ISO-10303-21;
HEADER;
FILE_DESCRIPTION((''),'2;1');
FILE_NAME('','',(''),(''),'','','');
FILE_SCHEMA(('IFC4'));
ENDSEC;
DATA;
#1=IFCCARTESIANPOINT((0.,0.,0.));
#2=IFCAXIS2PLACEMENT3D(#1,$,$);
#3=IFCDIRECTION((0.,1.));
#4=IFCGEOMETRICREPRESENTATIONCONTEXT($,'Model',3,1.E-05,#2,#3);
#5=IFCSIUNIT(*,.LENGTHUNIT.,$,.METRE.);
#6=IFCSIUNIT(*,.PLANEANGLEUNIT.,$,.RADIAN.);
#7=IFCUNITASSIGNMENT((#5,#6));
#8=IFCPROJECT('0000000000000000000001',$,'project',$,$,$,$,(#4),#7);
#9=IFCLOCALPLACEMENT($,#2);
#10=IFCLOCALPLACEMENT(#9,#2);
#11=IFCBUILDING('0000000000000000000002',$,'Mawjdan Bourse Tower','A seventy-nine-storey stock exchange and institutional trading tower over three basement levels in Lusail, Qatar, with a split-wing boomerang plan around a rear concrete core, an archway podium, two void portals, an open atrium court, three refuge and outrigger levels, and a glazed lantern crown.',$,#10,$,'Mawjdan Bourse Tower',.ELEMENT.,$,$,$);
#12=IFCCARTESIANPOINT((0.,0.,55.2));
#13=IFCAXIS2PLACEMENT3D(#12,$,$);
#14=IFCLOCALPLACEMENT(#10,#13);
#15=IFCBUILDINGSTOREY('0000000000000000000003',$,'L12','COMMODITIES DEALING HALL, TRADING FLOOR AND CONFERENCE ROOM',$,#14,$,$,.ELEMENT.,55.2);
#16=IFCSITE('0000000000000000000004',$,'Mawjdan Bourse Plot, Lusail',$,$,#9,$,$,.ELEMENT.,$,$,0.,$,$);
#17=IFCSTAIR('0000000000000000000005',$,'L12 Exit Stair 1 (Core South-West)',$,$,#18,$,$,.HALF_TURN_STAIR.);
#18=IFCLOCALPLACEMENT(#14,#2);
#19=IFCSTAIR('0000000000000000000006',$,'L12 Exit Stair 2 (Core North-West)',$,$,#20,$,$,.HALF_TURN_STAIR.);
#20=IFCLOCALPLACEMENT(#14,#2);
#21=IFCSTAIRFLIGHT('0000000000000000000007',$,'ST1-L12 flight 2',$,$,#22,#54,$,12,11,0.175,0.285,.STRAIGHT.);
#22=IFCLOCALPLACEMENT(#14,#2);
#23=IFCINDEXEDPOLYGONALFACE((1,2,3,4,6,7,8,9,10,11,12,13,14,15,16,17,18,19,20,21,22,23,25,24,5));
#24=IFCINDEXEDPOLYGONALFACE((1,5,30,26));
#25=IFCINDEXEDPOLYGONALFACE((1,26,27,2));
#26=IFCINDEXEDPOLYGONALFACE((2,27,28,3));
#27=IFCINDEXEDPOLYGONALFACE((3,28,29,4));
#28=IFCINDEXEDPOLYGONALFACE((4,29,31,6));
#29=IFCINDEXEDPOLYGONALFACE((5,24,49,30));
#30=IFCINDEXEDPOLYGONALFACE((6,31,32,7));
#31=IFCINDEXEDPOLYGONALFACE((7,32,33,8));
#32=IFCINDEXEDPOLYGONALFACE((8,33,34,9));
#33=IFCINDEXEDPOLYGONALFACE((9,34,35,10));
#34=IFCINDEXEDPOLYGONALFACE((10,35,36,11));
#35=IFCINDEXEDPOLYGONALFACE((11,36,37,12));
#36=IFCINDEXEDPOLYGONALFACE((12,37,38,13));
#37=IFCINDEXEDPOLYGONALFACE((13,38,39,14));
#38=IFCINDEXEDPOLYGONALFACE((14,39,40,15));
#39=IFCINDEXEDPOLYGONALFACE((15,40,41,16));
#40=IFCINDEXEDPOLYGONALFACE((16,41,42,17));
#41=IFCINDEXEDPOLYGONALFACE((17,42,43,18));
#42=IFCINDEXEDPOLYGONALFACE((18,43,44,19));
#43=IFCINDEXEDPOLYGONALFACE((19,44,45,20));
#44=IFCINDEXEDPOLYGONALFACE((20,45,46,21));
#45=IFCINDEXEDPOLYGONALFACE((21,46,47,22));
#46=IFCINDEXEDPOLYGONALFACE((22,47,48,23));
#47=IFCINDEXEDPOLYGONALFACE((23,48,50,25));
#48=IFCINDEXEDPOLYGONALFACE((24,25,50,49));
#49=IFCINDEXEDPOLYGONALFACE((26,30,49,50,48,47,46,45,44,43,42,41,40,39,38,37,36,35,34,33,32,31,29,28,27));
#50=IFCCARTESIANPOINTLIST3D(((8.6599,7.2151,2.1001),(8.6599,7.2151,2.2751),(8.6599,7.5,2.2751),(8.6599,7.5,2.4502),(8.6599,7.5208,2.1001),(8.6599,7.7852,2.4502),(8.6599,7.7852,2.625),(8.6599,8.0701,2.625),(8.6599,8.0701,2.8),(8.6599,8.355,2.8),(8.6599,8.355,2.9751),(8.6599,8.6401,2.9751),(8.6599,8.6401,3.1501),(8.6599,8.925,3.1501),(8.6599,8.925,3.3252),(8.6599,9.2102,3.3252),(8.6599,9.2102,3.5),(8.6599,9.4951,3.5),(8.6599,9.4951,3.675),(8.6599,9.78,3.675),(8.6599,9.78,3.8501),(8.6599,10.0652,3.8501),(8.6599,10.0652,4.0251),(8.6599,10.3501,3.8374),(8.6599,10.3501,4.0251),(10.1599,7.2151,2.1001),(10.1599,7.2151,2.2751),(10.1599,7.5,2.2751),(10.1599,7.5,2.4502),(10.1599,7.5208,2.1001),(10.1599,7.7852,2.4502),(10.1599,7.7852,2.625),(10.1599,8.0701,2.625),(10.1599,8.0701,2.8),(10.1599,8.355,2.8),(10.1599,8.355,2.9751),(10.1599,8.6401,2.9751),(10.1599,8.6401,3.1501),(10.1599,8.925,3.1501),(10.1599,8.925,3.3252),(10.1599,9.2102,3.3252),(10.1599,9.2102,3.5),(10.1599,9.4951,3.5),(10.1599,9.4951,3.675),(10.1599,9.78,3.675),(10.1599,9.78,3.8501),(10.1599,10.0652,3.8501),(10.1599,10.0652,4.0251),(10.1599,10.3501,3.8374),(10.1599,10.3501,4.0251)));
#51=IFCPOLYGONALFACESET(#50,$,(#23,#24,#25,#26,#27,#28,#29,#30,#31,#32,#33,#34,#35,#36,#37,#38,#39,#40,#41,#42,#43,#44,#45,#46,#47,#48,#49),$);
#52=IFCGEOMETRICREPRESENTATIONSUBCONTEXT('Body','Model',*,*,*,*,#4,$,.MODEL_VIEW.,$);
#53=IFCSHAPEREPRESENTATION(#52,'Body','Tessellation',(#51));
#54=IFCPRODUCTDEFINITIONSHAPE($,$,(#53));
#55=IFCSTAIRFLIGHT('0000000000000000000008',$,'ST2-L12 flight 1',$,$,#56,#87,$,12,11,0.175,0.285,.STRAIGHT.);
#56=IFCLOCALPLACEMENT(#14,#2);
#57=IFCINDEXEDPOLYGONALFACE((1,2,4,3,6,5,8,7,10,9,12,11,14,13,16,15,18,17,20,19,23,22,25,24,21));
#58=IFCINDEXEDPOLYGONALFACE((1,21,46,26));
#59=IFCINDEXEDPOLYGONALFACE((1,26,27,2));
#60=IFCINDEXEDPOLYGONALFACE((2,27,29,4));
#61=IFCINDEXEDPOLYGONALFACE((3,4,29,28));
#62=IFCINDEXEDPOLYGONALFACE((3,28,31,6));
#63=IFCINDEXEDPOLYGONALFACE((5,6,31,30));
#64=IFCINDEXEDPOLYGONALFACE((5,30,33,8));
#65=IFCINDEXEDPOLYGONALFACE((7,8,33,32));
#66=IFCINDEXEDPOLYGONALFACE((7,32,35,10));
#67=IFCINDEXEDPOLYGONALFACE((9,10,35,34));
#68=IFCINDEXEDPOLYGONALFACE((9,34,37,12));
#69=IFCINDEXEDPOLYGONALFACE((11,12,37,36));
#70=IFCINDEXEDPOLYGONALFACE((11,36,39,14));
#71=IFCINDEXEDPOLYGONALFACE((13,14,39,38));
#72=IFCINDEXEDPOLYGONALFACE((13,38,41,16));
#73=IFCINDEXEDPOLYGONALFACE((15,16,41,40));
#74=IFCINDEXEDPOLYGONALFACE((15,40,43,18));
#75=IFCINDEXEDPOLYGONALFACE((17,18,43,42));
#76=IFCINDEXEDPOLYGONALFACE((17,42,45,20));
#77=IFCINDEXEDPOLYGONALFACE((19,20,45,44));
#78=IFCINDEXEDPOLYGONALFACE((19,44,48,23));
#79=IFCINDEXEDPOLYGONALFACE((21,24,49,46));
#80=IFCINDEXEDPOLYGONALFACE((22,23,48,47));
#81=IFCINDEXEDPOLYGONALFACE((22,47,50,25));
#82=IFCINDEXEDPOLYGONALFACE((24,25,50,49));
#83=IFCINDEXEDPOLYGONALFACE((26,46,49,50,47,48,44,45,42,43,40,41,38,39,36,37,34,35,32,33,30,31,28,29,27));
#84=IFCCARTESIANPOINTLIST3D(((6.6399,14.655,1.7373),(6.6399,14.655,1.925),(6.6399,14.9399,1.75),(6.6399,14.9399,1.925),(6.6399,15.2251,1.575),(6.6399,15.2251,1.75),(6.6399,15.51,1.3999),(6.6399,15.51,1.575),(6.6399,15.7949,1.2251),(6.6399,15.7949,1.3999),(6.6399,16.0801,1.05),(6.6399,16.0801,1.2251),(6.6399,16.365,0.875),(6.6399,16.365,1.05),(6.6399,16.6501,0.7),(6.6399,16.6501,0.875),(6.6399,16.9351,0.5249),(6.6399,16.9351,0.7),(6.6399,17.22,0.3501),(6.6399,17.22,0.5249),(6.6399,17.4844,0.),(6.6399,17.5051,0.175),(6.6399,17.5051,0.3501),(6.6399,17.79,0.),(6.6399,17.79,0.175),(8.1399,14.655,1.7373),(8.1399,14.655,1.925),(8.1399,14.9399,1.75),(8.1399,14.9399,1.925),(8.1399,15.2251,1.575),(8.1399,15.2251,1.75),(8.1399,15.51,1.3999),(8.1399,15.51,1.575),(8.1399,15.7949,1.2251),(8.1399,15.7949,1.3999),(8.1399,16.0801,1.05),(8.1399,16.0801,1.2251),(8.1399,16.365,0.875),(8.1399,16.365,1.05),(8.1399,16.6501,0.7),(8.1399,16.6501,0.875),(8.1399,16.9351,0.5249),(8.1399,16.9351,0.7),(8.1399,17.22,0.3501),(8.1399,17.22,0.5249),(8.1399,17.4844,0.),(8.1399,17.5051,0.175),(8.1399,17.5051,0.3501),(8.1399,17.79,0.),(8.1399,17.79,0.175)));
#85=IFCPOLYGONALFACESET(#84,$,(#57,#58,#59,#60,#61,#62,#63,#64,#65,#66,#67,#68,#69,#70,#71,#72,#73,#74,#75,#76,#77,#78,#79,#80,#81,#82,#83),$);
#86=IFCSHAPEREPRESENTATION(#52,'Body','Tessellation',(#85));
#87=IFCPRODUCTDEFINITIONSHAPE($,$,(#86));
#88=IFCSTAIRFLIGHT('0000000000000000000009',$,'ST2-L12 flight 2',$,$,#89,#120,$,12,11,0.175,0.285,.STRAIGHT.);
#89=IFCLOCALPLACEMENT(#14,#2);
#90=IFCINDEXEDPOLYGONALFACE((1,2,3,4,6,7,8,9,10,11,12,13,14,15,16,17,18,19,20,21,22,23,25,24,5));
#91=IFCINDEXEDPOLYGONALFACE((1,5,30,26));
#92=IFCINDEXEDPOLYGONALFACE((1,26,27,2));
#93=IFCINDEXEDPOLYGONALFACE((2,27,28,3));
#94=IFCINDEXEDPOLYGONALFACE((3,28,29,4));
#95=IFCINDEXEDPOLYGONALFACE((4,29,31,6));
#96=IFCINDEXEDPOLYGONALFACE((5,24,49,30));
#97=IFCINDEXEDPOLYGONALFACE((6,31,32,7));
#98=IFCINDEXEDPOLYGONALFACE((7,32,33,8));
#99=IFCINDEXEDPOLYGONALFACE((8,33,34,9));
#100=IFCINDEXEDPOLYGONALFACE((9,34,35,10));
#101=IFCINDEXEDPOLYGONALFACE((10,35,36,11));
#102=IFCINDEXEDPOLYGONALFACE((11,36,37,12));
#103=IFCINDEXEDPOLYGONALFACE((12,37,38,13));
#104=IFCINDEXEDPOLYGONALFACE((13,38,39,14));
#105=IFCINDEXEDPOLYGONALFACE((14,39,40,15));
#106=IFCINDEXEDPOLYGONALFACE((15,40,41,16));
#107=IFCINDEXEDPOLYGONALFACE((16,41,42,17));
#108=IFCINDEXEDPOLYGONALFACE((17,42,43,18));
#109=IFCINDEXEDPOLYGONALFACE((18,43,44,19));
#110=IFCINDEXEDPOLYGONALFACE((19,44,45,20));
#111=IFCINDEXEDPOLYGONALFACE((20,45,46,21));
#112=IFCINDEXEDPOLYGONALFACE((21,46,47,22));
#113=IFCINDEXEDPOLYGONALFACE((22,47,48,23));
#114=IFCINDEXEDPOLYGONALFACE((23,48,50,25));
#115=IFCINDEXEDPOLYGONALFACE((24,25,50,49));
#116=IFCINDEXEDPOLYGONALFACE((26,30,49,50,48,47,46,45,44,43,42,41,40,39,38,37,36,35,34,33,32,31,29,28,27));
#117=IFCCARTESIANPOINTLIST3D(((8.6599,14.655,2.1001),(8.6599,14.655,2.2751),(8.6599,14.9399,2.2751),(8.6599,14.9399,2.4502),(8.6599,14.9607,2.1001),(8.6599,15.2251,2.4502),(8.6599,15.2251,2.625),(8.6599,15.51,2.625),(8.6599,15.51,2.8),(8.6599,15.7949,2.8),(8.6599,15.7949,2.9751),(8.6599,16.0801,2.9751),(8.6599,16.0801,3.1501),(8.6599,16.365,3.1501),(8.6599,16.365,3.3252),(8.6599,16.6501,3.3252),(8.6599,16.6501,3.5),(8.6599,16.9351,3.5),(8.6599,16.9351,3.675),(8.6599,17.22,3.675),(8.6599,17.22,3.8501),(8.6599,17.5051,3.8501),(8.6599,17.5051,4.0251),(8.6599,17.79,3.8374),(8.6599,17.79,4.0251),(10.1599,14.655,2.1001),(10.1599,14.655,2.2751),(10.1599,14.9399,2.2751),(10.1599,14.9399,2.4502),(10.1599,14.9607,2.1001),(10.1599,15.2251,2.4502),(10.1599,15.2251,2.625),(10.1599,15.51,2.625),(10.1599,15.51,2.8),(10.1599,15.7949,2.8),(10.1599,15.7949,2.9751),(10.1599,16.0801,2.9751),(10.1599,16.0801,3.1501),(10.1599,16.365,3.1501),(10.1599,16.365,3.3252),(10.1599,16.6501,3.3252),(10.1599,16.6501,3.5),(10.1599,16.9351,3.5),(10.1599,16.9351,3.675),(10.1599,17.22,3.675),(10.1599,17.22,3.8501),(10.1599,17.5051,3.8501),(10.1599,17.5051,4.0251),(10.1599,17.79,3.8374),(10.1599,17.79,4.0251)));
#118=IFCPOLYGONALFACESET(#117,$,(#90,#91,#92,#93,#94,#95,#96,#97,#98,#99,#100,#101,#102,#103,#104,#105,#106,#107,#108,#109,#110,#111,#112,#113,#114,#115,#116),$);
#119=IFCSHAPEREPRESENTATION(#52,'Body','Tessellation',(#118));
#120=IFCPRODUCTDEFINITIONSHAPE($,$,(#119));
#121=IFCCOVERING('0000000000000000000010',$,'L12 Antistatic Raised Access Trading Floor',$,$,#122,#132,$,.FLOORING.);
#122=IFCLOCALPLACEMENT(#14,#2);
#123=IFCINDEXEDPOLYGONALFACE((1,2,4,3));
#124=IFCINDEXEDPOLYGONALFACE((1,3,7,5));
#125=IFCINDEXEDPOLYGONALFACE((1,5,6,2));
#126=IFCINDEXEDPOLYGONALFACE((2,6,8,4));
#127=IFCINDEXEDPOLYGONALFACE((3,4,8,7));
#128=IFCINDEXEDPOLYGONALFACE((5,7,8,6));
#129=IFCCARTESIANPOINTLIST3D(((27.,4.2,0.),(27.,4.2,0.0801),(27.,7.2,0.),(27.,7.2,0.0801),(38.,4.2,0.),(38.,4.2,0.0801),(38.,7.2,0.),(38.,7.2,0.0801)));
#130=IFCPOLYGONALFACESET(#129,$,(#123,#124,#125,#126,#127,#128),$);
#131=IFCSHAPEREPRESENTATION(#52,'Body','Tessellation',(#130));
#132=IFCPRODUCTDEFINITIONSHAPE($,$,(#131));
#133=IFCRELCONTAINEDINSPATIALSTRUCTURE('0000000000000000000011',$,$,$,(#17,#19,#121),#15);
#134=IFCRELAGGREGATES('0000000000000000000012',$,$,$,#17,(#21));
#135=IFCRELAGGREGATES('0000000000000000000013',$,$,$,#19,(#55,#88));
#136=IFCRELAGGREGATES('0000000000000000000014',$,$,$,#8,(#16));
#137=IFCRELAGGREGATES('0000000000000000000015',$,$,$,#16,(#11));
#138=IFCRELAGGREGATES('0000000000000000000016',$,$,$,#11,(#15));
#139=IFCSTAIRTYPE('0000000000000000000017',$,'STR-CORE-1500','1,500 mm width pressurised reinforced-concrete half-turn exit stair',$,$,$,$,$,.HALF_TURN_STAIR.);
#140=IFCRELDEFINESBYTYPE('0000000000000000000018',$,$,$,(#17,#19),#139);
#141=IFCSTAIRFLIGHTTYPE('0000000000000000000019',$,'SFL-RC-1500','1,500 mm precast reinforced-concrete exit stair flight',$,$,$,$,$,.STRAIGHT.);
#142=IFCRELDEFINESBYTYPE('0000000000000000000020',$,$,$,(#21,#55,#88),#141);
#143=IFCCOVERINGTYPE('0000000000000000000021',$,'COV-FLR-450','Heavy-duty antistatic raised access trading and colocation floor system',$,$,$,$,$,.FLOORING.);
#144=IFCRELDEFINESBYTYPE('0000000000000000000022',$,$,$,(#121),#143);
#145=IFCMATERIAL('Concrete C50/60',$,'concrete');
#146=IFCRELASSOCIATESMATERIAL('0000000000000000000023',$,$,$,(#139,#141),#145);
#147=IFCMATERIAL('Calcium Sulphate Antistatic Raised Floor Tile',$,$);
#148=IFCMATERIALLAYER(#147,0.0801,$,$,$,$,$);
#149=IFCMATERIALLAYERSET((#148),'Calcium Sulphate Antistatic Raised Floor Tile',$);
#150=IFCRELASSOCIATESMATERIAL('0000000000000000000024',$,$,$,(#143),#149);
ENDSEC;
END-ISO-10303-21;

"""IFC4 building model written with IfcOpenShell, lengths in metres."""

from ifc_helpers import new_model, si_unit, direction, frame, origin, place, context, subcontext, project, spatial, polyline, outline, extrude, material, layer, layer_set, type_object, element, aggregate, save


model = new_model("IFC4")

# Units and contexts
model_context = context("Model", 3, precision=1e-05, world=origin(), true_north=direction((0.0, 1.0)))
body_context = subcontext(model_context, "Body", "Model", "MODEL_VIEW")
ifc_project = project(units=[si_unit("LENGTHUNIT", "METRE"), si_unit("PLANEANGLEUNIT", "RADIAN")], contexts=[model_context])

# Site, building, storey
site_placement = place(None, origin())
site = spatial("IfcSite", under=ifc_project, at=site_placement, Name="Mawjdan Bourse Plot, Lusail", CompositionType="ELEMENT", RefElevation=0.0)
building_placement = place(site_placement, origin())
building = spatial("IfcBuilding", under=site, at=building_placement, Name="Mawjdan Bourse Tower", Description="A seventy-nine-storey stock exchange and institutional trading tower over three basement levels in Lusail, Qatar, with a split-wing boomerang plan around a rear concrete core, an archway podium, two void portals, an open atrium court, three refuge and outrigger levels, and a glazed lantern crown.", LongName="Mawjdan Bourse Tower", CompositionType="ELEMENT")
storey_placement = place(building_placement, frame((0.0, 0.0, 55.2)))
storey = spatial("IfcBuildingStorey", under=building, at=storey_placement, Name="L12", Description="COMMODITIES DEALING HALL, TRADING FLOOR AND CONFERENCE ROOM", CompositionType="ELEMENT", Elevation=55.2)

# Stairs
ifc_material_1 = material(Name="Concrete C50/60", Category="concrete")
stair_type = type_object("IfcStairType", Name="STR-CORE-1500", Description="1,500 mm width pressurised reinforced-concrete half-turn exit stair", PredefinedType="HALF_TURN_STAIR", material=ifc_material_1)
stair_1_placement = place(storey_placement, origin())
stair_1 = element("IfcStair", 1, at=stair_1_placement, inside=storey, type_object=stair_type, Name="L12 Exit Stair 1 (Core South-West)", PredefinedType="HALF_TURN_STAIR")
stair_2_placement = place(storey_placement, origin())
stair_2 = element("IfcStair", 2, at=stair_2_placement, inside=storey, type_object=stair_type, Name="L12 Exit Stair 2 (Core North-West)", PredefinedType="HALF_TURN_STAIR")

# Stair flights
stair_flight_type = type_object("IfcStairFlightType", Name="SFL-RC-1500", Description="1,500 mm precast reinforced-concrete exit stair flight", PredefinedType="STRAIGHT", material=ifc_material_1)
stair_flight_1_placement = place(storey_placement, frame((9.4099, 7.2151, 2.1001), z_axis=(0.0, 0.0, 1.0), x_axis=(0.0, 1.0, 0.0)))
stair_flight_1 = element("IfcStairFlight", 3, at=stair_flight_1_placement, type_object=stair_flight_type, Name="ST1-L12 flight 2", NumberOfRisers=12, NumberOfTreads=11, PredefinedType="STRAIGHT", RiserHeight=0.175, TreadLength=0.285, context=body_context, shape_type="SweptSolid", body=[
    extrude(outline(polyline([(0.0, 0.0), (0.0, 0.175), (0.2849, 0.175), (0.2849, 0.3501), (0.5701, 0.3501), (0.5701, 0.5249), (0.855, 0.5249), (0.855, 0.7), (1.1399, 0.7), (1.1399, 0.875), (1.425, 0.875), (1.425, 1.05), (1.71, 1.05), (1.71, 1.2251), (1.9951, 1.2251), (1.9951, 1.3999), (2.28, 1.3999), (2.28, 1.575), (2.5649, 1.575), (2.5649, 1.75), (2.8501, 1.75), (2.8501, 1.925), (3.135, 1.925), (3.135, 2.1001), (3.135, 1.7373), (0.3057, 0.0), (0.0, 0.0)])), frame((0.0, 0.75, 0.0), z_axis=(0.0, -1.0, 0.0), x_axis=(1.0, 0.0, 0.0)), (0.0, 0.0, 1.0), 1.5),
])
aggregate(stair_1, [stair_flight_1])
stair_flight_2_placement = place(storey_placement, frame((7.3899, 17.79, 0.0), z_axis=(0.0, 0.0, 1.0), x_axis=(0.0, -1.0, 0.0)))
stair_flight_2 = element("IfcStairFlight", 4, at=stair_flight_2_placement, type_object=stair_flight_type, Name="ST2-L12 flight 1", NumberOfRisers=12, NumberOfTreads=11, PredefinedType="STRAIGHT", RiserHeight=0.175, TreadLength=0.285, context=body_context, shape_type="SweptSolid", body=[
    extrude(outline(polyline([(0.0, 0.0), (0.0, 0.175), (0.2849, 0.175), (0.2849, 0.3501), (0.5701, 0.3501), (0.5701, 0.5249), (0.855, 0.5249), (0.855, 0.7), (1.1399, 0.7), (1.1399, 0.875), (1.425, 0.875), (1.425, 1.05), (1.71, 1.05), (1.71, 1.2251), (1.9951, 1.2251), (1.9951, 1.3999), (2.28, 1.3999), (2.28, 1.575), (2.5649, 1.575), (2.5649, 1.75), (2.8501, 1.75), (2.8501, 1.925), (3.135, 1.925), (3.135, 2.1001), (3.135, 1.7373), (0.3057, 0.0), (0.0, 0.0)])), frame((0.0, 0.75, 0.0), z_axis=(0.0, -1.0, 0.0), x_axis=(1.0, 0.0, 0.0)), (0.0, 0.0, 1.0), 1.5),
])
stair_flight_3_placement = place(storey_placement, frame((9.4099, 14.655, 2.1001), z_axis=(0.0, 0.0, 1.0), x_axis=(0.0, 1.0, 0.0)))
stair_flight_3 = element("IfcStairFlight", 5, at=stair_flight_3_placement, type_object=stair_flight_type, Name="ST2-L12 flight 2", NumberOfRisers=12, NumberOfTreads=11, PredefinedType="STRAIGHT", RiserHeight=0.175, TreadLength=0.285, context=body_context, shape_type="SweptSolid", body=[
    extrude(outline(polyline([(0.0, 0.0), (0.0, 0.175), (0.2849, 0.175), (0.2849, 0.3501), (0.5701, 0.3501), (0.5701, 0.5249), (0.855, 0.5249), (0.855, 0.7), (1.1399, 0.7), (1.1399, 0.875), (1.425, 0.875), (1.425, 1.05), (1.71, 1.05), (1.71, 1.2251), (1.9951, 1.2251), (1.9951, 1.3999), (2.28, 1.3999), (2.28, 1.575), (2.5649, 1.575), (2.5649, 1.75), (2.8501, 1.75), (2.8501, 1.925), (3.135, 1.925), (3.135, 2.1001), (3.135, 1.7373), (0.3057, 0.0), (0.0, 0.0)])), frame((0.0, 0.75, 0.0), z_axis=(0.0, -1.0, 0.0), x_axis=(1.0, 0.0, 0.0)), (0.0, 0.0, 1.0), 1.5),
])
aggregate(stair_2, [stair_flight_2, stair_flight_3])

# Covering
ifc_material_2 = material(Name="Calcium Sulphate Antistatic Raised Floor Tile")
ifc_layer_1 = layer(ifc_material_2, 0.0801)
ifc_layer_set_1 = layer_set([ifc_layer_1], Name="Calcium Sulphate Antistatic Raised Floor Tile")
covering_type = type_object("IfcCoveringType", Name="COV-FLR-450", Description="Heavy-duty antistatic raised access trading and colocation floor system", PredefinedType="FLOORING", material=ifc_layer_set_1)
covering_placement = place(storey_placement, origin())
element("IfcCovering", 6, at=covering_placement, inside=storey, type_object=covering_type, Name="L12 Antistatic Raised Access Trading Floor", PredefinedType="FLOORING", context=body_context, shape_type="SweptSolid", body=[
    extrude(outline(polyline([(27.0, 4.2), (38.0, 4.2), (38.0, 7.2), (27.0, 7.2), (27.0, 4.2)])), origin(), (0.0, 0.0, 1.0), 0.0801),
])

save(model, "model.ifc")
